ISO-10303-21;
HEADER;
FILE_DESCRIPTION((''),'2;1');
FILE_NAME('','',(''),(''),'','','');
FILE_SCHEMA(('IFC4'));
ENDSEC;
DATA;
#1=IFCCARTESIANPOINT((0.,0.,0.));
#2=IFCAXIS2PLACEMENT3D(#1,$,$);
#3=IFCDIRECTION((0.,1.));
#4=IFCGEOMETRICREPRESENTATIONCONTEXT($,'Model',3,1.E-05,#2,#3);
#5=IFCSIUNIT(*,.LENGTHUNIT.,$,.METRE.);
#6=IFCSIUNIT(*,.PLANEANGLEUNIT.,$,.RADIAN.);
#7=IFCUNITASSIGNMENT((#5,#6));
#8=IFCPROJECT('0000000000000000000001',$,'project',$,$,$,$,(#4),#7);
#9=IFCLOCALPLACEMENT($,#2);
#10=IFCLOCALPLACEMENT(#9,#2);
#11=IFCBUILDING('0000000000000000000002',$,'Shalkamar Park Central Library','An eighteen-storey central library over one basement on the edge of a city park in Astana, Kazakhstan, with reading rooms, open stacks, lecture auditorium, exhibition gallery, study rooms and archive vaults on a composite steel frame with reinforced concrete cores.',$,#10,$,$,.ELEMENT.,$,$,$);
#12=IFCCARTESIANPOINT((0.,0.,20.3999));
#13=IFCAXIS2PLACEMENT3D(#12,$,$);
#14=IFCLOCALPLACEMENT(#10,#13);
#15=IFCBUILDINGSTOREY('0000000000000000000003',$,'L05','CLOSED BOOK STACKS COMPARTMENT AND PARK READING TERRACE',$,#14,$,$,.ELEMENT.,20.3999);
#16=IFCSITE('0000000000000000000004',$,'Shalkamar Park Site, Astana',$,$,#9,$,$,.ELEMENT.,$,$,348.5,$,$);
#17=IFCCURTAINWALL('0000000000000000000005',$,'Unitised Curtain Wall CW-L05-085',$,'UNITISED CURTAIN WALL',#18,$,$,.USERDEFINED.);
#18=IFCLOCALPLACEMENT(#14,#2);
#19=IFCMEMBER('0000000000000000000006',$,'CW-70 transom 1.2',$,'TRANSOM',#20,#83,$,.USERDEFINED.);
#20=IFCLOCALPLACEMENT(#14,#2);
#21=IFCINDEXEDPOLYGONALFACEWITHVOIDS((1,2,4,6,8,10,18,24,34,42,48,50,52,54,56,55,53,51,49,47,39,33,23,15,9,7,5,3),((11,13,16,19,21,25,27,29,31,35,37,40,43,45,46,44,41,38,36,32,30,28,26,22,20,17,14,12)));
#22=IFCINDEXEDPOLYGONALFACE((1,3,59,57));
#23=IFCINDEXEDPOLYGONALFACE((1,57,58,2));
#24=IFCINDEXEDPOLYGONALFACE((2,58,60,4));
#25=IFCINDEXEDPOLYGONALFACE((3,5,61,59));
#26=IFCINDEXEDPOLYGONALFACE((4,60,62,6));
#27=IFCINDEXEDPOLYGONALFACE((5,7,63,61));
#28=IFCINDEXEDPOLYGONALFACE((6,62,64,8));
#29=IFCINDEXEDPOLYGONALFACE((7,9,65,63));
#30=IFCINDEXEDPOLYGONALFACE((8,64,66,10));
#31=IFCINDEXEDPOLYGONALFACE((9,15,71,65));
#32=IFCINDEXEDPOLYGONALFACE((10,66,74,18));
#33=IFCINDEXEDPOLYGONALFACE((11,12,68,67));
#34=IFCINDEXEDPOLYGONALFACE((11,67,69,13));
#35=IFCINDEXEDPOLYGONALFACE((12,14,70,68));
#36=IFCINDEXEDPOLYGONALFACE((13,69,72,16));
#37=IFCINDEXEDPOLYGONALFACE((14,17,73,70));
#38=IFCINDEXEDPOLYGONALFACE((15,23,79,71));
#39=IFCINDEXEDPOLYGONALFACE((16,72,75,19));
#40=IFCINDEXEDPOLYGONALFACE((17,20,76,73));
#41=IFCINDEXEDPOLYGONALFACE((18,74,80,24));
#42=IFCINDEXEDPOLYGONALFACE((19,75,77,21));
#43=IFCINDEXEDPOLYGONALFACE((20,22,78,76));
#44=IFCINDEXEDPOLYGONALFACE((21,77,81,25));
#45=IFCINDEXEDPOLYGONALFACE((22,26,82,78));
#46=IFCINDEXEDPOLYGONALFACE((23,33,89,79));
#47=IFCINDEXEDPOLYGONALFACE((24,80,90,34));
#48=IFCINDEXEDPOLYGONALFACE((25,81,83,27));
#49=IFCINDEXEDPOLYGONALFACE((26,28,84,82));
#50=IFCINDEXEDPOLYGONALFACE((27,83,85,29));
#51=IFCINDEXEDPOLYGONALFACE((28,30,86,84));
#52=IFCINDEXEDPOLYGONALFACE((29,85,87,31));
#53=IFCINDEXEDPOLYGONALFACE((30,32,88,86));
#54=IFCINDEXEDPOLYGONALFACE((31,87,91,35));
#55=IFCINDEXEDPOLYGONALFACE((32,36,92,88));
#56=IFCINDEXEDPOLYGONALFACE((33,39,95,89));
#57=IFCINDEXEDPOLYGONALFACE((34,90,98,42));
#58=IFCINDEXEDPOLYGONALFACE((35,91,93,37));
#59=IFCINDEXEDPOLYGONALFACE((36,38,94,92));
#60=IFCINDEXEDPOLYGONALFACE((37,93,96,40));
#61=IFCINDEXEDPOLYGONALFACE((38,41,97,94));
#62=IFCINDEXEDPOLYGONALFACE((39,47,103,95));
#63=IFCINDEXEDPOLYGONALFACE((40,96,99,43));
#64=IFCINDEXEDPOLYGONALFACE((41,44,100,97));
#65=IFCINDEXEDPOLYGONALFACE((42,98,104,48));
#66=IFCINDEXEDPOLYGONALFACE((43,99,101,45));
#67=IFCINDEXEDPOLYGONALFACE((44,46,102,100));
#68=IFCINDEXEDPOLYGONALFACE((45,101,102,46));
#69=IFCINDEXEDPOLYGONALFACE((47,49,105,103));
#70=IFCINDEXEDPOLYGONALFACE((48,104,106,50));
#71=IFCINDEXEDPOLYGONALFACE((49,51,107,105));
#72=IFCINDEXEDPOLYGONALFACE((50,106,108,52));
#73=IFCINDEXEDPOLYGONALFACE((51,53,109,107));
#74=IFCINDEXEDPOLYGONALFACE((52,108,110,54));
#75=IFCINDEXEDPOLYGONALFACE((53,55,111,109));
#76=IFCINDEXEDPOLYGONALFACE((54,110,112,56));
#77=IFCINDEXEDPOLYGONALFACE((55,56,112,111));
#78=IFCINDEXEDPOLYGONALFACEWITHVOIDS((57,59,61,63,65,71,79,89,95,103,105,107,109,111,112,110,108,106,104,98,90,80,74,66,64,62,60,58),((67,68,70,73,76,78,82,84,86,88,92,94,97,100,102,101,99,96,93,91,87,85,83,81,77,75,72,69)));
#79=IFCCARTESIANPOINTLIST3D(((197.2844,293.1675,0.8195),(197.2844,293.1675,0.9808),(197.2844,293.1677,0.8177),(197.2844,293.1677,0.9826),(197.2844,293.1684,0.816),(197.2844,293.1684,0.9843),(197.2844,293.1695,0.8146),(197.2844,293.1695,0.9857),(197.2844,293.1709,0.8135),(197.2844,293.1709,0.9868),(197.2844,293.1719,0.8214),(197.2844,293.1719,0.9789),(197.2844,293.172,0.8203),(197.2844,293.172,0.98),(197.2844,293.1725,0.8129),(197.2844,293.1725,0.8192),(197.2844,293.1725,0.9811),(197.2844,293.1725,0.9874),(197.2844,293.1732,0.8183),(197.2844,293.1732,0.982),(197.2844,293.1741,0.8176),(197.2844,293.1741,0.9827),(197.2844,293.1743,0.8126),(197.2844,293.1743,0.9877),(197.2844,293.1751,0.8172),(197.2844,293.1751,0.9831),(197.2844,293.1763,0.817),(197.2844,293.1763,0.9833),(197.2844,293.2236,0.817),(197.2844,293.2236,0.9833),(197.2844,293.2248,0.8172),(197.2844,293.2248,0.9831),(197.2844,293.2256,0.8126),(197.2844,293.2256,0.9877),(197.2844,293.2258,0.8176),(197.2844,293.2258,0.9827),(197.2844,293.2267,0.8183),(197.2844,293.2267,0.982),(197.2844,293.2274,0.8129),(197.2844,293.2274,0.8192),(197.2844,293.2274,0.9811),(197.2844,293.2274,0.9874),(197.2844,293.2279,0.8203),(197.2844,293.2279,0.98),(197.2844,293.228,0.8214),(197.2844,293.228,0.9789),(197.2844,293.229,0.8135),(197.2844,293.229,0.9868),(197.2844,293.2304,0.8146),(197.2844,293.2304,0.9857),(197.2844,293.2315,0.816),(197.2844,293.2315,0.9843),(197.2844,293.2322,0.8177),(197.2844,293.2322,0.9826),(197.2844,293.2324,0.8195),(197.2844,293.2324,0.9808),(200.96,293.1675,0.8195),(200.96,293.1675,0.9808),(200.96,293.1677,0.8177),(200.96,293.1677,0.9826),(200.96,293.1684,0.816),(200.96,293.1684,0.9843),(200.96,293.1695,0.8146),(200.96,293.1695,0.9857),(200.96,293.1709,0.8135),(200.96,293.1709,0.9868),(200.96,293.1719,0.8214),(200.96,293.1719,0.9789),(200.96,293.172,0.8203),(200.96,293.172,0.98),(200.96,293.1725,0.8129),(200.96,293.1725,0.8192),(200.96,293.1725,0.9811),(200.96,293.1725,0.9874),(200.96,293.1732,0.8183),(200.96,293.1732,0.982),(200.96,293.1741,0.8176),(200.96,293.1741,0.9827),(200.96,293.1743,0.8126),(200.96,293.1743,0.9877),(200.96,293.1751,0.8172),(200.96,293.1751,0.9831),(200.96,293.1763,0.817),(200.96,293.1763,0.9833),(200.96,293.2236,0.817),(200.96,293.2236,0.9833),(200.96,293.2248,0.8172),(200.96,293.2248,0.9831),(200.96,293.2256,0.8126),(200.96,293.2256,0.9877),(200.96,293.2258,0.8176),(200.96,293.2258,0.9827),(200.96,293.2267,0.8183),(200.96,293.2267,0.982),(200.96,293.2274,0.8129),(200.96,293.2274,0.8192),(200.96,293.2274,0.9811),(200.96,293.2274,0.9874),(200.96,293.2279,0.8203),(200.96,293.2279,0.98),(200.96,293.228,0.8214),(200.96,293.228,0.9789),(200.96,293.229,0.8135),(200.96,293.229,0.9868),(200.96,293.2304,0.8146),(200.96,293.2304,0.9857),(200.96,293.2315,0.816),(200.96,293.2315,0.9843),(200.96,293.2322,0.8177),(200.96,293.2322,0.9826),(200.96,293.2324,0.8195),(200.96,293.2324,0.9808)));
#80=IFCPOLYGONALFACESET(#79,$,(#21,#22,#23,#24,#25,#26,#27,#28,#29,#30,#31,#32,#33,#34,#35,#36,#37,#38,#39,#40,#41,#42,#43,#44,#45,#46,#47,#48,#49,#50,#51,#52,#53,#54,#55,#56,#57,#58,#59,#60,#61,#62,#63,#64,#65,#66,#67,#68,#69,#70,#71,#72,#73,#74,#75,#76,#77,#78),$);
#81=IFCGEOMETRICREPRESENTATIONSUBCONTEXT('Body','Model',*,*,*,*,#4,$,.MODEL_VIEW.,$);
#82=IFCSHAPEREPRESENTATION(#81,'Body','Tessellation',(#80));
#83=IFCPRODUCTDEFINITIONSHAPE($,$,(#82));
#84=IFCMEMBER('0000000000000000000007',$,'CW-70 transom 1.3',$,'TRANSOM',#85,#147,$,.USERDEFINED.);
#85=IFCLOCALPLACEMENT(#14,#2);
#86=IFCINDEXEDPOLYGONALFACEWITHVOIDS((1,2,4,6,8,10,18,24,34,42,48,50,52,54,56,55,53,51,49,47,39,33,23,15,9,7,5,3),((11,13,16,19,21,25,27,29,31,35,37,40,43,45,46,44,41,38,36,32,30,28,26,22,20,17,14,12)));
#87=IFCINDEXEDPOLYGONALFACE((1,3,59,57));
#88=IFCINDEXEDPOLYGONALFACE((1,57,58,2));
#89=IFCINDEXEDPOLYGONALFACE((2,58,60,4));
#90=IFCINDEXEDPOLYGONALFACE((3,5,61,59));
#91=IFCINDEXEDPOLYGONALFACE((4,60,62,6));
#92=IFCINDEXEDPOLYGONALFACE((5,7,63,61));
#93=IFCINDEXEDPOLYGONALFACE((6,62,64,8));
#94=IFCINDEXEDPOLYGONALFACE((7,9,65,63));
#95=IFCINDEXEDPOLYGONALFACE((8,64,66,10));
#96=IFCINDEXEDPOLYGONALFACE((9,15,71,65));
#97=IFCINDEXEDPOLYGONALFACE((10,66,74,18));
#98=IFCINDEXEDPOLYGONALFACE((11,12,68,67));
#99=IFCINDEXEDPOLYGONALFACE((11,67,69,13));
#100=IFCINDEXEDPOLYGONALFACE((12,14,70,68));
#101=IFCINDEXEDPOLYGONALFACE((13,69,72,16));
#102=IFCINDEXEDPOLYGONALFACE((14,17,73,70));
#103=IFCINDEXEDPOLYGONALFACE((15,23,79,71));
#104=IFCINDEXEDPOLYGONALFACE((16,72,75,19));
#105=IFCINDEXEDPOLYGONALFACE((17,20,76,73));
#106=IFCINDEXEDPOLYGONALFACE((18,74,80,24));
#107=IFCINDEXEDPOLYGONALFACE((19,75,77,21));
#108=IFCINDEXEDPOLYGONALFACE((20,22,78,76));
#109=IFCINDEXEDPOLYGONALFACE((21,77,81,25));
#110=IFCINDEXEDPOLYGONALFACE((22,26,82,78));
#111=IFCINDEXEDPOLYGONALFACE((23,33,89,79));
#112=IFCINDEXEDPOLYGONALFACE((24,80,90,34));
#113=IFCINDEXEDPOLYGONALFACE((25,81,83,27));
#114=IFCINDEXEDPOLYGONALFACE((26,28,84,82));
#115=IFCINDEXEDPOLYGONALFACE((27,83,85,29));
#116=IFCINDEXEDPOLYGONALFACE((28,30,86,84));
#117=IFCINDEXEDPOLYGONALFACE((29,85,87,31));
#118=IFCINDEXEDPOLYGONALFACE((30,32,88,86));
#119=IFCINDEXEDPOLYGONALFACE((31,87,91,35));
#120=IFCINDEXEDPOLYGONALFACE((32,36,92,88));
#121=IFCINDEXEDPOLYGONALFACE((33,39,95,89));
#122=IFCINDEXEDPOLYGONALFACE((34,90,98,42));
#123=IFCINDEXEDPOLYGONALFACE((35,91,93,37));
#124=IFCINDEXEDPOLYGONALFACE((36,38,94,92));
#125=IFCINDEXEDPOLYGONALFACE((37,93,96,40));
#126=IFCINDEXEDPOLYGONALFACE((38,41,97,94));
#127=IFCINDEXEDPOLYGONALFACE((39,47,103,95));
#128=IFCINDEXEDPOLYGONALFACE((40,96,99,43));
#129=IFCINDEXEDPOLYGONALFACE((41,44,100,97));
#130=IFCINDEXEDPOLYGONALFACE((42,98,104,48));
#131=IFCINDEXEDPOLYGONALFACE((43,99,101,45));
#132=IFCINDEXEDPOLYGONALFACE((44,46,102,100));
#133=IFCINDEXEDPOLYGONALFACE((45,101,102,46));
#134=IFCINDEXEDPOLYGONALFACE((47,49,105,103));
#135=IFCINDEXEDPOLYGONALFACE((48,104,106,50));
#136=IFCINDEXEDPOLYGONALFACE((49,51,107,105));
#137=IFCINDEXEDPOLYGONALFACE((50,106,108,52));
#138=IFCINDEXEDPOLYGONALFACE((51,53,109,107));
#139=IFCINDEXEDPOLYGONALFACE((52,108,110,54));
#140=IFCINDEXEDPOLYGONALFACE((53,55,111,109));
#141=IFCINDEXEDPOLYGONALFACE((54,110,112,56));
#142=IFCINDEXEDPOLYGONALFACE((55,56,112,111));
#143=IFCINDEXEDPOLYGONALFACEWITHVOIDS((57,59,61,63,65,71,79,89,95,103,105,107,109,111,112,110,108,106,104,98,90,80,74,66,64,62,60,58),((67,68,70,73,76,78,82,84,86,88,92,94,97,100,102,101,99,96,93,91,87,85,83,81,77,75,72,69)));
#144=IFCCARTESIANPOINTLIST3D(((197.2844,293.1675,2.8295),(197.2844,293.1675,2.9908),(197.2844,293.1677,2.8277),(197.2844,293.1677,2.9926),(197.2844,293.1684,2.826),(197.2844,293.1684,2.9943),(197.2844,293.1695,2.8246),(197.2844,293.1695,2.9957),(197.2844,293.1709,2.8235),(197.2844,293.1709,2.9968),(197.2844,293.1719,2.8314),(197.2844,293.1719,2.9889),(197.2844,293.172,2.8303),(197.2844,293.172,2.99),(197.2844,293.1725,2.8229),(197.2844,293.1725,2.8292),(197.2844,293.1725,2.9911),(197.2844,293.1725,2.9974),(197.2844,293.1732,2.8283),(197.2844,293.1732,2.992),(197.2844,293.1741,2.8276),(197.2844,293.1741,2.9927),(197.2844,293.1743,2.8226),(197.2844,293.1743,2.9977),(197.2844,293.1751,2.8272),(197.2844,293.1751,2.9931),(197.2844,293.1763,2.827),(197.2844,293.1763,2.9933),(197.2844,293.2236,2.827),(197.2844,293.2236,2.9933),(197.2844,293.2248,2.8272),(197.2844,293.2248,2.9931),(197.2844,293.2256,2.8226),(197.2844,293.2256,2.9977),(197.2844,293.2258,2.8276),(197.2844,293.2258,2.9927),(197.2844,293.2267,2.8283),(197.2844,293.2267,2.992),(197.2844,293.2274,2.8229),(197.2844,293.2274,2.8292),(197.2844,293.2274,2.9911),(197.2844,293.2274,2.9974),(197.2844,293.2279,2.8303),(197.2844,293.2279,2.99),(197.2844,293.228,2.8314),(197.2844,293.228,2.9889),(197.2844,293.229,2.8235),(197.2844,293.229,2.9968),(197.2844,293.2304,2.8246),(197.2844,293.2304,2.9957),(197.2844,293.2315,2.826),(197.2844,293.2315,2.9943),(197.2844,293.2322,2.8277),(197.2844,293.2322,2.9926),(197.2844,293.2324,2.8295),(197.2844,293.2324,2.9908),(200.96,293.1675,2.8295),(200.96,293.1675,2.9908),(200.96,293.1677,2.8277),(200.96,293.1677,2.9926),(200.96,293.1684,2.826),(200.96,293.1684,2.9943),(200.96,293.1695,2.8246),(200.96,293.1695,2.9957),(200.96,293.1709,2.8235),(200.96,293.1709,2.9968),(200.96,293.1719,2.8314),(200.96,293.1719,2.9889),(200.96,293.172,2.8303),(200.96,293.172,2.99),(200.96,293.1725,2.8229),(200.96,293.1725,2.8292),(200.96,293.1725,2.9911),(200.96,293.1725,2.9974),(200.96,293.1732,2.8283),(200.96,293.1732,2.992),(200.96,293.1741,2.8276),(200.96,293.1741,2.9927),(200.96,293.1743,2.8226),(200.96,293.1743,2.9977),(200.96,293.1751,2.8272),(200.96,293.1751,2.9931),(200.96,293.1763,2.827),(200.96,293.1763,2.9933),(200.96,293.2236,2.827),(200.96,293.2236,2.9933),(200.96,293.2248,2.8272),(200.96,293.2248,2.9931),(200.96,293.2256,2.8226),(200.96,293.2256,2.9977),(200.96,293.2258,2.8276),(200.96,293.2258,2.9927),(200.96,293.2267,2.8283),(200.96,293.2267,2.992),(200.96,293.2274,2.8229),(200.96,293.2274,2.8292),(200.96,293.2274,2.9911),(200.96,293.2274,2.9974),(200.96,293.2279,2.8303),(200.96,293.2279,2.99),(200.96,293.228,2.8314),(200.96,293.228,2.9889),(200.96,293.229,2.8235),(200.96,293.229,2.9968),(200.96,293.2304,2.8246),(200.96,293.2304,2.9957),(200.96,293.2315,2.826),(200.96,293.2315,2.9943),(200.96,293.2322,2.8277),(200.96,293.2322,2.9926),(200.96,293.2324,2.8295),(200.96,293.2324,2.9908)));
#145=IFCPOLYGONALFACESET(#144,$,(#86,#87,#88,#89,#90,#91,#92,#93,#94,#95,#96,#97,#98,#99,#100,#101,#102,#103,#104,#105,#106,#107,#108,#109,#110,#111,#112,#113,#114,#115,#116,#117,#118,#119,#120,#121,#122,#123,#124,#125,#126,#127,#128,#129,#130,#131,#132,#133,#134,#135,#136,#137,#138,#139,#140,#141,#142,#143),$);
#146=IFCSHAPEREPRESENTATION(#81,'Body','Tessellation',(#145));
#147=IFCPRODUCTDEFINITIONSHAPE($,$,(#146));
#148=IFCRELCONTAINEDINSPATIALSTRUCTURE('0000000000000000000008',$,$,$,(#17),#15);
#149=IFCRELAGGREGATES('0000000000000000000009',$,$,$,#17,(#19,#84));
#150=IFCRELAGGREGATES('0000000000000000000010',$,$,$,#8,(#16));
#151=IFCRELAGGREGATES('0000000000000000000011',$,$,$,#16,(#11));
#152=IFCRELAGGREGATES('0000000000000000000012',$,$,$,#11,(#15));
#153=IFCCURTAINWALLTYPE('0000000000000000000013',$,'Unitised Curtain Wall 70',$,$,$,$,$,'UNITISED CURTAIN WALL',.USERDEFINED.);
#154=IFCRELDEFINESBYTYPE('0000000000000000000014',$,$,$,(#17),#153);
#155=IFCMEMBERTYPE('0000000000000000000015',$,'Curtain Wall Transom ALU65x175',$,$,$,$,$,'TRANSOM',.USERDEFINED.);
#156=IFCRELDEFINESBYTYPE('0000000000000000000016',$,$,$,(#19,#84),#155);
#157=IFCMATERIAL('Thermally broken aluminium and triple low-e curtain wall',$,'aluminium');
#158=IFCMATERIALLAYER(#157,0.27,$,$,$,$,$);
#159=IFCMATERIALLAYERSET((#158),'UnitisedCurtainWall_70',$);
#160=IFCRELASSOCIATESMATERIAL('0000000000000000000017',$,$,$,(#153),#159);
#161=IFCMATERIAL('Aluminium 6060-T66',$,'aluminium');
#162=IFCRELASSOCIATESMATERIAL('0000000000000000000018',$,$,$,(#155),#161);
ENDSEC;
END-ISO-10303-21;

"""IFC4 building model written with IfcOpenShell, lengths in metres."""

from ifc_helpers import new_model, si_unit, direction, frame, origin, origin_2d, place, context, subcontext, project, spatial, hollow_rectangle, extrude, material, layer, layer_set, material_profile, profile_set, type_object, element, aggregate, save


model = new_model("IFC4")

# Units and contexts
model_context = context("Model", 3, precision=1e-05, world=origin(), true_north=direction((0.0, 1.0)))
body_context = subcontext(model_context, "Body", "Model", "MODEL_VIEW")
ifc_project = project(units=[si_unit("LENGTHUNIT", "METRE"), si_unit("PLANEANGLEUNIT", "RADIAN")], contexts=[model_context])

# Site, building, storey
site_placement = place(None, origin())
site = spatial("IfcSite", under=ifc_project, at=site_placement, Name="Shalkamar Park Site, Astana", CompositionType="ELEMENT", RefElevation=348.5)
building_placement = place(site_placement, origin())
building = spatial("IfcBuilding", under=site, at=building_placement, Name="Shalkamar Park Central Library", Description="An eighteen-storey central library over one basement on the edge of a city park in Astana, Kazakhstan, with reading rooms, open stacks, lecture auditorium, exhibition gallery, study rooms and archive vaults on a composite steel frame with reinforced concrete cores.", CompositionType="ELEMENT")
storey_placement = place(building_placement, frame((0.0, 0.0, 20.3999)))
storey = spatial("IfcBuildingStorey", under=building, at=storey_placement, Name="L05", Description="CLOSED BOOK STACKS COMPARTMENT AND PARK READING TERRACE", CompositionType="ELEMENT", Elevation=20.3999)

# Curtain wall, members
ifc_material_1 = material(Name="Thermally broken aluminium and triple low-e curtain wall", Category="aluminium")
ifc_layer_1 = layer(ifc_material_1, 0.27)
ifc_layer_set_1 = layer_set([ifc_layer_1], Name="UnitisedCurtainWall_70")
curtain_wall_type = type_object("IfcCurtainWallType", Name="Unitised Curtain Wall 70", ElementType="UNITISED CURTAIN WALL", PredefinedType="USERDEFINED", material=ifc_layer_set_1)
curtain_wall_placement = place(storey_placement, origin())
curtain_wall = element("IfcCurtainWall", 1, at=curtain_wall_placement, inside=storey, type_object=curtain_wall_type, Name="Unitised Curtain Wall CW-L05-085", ObjectType="UNITISED CURTAIN WALL", PredefinedType="USERDEFINED")
ifc_material_2 = material(Name="Aluminium 6060-T66", Category="aluminium")
ifc_material_profile_1 = material_profile(ifc_material_2, hollow_rectangle(XDim=0.0649, YDim=0.175, WallThickness=0.0044, InnerFilletRadius=0.0044, OuterFilletRadius=0.0068, at=origin_2d()), Name="ALU 65x175x4.5")
ifc_profile_set_1 = profile_set([ifc_material_profile_1], Name="Aluminium 6060-T66")
member_type_1 = type_object("IfcMemberType", Name="Curtain Wall Transom ALU65x175", ElementType="TRANSOM", PredefinedType="USERDEFINED", material=ifc_profile_set_1)
member_1_placement = place(storey_placement, frame((197.2844, 293.2, 0.9001), z_axis=(1.0, 0.0, 0.0), x_axis=(0.0, 1.0, 0.0)))
member_1 = element("IfcMember", 2, at=member_1_placement, type_object=member_type_1, Name="CW-70 transom 1.2", ObjectType="TRANSOM", PredefinedType="USERDEFINED", context=body_context, shape_type="SweptSolid", body=[
    extrude(hollow_rectangle(XDim=0.0649, YDim=0.175, WallThickness=0.0044, InnerFilletRadius=0.0044, OuterFilletRadius=0.0068, at=origin_2d()), origin(), (0.0, 0.0, 1.0), 3.6755),
])
member_2_placement = place(storey_placement, frame((197.2844, 293.2, 2.9102), z_axis=(1.0, 0.0, 0.0), x_axis=(0.0, 1.0, 0.0)))
member_2 = element("IfcMember", 3, at=member_2_placement, type_object=member_type_1, Name="CW-70 transom 1.3", ObjectType="TRANSOM", PredefinedType="USERDEFINED", context=body_context, shape_type="SweptSolid", body=[
    extrude(hollow_rectangle(XDim=0.0649, YDim=0.175, WallThickness=0.0044, InnerFilletRadius=0.0044, OuterFilletRadius=0.0068, at=origin_2d()), origin(), (0.0, 0.0, 1.0), 3.6755),
])

aggregate(curtain_wall, [member_1, member_2])

save(model, "model.ifc")
